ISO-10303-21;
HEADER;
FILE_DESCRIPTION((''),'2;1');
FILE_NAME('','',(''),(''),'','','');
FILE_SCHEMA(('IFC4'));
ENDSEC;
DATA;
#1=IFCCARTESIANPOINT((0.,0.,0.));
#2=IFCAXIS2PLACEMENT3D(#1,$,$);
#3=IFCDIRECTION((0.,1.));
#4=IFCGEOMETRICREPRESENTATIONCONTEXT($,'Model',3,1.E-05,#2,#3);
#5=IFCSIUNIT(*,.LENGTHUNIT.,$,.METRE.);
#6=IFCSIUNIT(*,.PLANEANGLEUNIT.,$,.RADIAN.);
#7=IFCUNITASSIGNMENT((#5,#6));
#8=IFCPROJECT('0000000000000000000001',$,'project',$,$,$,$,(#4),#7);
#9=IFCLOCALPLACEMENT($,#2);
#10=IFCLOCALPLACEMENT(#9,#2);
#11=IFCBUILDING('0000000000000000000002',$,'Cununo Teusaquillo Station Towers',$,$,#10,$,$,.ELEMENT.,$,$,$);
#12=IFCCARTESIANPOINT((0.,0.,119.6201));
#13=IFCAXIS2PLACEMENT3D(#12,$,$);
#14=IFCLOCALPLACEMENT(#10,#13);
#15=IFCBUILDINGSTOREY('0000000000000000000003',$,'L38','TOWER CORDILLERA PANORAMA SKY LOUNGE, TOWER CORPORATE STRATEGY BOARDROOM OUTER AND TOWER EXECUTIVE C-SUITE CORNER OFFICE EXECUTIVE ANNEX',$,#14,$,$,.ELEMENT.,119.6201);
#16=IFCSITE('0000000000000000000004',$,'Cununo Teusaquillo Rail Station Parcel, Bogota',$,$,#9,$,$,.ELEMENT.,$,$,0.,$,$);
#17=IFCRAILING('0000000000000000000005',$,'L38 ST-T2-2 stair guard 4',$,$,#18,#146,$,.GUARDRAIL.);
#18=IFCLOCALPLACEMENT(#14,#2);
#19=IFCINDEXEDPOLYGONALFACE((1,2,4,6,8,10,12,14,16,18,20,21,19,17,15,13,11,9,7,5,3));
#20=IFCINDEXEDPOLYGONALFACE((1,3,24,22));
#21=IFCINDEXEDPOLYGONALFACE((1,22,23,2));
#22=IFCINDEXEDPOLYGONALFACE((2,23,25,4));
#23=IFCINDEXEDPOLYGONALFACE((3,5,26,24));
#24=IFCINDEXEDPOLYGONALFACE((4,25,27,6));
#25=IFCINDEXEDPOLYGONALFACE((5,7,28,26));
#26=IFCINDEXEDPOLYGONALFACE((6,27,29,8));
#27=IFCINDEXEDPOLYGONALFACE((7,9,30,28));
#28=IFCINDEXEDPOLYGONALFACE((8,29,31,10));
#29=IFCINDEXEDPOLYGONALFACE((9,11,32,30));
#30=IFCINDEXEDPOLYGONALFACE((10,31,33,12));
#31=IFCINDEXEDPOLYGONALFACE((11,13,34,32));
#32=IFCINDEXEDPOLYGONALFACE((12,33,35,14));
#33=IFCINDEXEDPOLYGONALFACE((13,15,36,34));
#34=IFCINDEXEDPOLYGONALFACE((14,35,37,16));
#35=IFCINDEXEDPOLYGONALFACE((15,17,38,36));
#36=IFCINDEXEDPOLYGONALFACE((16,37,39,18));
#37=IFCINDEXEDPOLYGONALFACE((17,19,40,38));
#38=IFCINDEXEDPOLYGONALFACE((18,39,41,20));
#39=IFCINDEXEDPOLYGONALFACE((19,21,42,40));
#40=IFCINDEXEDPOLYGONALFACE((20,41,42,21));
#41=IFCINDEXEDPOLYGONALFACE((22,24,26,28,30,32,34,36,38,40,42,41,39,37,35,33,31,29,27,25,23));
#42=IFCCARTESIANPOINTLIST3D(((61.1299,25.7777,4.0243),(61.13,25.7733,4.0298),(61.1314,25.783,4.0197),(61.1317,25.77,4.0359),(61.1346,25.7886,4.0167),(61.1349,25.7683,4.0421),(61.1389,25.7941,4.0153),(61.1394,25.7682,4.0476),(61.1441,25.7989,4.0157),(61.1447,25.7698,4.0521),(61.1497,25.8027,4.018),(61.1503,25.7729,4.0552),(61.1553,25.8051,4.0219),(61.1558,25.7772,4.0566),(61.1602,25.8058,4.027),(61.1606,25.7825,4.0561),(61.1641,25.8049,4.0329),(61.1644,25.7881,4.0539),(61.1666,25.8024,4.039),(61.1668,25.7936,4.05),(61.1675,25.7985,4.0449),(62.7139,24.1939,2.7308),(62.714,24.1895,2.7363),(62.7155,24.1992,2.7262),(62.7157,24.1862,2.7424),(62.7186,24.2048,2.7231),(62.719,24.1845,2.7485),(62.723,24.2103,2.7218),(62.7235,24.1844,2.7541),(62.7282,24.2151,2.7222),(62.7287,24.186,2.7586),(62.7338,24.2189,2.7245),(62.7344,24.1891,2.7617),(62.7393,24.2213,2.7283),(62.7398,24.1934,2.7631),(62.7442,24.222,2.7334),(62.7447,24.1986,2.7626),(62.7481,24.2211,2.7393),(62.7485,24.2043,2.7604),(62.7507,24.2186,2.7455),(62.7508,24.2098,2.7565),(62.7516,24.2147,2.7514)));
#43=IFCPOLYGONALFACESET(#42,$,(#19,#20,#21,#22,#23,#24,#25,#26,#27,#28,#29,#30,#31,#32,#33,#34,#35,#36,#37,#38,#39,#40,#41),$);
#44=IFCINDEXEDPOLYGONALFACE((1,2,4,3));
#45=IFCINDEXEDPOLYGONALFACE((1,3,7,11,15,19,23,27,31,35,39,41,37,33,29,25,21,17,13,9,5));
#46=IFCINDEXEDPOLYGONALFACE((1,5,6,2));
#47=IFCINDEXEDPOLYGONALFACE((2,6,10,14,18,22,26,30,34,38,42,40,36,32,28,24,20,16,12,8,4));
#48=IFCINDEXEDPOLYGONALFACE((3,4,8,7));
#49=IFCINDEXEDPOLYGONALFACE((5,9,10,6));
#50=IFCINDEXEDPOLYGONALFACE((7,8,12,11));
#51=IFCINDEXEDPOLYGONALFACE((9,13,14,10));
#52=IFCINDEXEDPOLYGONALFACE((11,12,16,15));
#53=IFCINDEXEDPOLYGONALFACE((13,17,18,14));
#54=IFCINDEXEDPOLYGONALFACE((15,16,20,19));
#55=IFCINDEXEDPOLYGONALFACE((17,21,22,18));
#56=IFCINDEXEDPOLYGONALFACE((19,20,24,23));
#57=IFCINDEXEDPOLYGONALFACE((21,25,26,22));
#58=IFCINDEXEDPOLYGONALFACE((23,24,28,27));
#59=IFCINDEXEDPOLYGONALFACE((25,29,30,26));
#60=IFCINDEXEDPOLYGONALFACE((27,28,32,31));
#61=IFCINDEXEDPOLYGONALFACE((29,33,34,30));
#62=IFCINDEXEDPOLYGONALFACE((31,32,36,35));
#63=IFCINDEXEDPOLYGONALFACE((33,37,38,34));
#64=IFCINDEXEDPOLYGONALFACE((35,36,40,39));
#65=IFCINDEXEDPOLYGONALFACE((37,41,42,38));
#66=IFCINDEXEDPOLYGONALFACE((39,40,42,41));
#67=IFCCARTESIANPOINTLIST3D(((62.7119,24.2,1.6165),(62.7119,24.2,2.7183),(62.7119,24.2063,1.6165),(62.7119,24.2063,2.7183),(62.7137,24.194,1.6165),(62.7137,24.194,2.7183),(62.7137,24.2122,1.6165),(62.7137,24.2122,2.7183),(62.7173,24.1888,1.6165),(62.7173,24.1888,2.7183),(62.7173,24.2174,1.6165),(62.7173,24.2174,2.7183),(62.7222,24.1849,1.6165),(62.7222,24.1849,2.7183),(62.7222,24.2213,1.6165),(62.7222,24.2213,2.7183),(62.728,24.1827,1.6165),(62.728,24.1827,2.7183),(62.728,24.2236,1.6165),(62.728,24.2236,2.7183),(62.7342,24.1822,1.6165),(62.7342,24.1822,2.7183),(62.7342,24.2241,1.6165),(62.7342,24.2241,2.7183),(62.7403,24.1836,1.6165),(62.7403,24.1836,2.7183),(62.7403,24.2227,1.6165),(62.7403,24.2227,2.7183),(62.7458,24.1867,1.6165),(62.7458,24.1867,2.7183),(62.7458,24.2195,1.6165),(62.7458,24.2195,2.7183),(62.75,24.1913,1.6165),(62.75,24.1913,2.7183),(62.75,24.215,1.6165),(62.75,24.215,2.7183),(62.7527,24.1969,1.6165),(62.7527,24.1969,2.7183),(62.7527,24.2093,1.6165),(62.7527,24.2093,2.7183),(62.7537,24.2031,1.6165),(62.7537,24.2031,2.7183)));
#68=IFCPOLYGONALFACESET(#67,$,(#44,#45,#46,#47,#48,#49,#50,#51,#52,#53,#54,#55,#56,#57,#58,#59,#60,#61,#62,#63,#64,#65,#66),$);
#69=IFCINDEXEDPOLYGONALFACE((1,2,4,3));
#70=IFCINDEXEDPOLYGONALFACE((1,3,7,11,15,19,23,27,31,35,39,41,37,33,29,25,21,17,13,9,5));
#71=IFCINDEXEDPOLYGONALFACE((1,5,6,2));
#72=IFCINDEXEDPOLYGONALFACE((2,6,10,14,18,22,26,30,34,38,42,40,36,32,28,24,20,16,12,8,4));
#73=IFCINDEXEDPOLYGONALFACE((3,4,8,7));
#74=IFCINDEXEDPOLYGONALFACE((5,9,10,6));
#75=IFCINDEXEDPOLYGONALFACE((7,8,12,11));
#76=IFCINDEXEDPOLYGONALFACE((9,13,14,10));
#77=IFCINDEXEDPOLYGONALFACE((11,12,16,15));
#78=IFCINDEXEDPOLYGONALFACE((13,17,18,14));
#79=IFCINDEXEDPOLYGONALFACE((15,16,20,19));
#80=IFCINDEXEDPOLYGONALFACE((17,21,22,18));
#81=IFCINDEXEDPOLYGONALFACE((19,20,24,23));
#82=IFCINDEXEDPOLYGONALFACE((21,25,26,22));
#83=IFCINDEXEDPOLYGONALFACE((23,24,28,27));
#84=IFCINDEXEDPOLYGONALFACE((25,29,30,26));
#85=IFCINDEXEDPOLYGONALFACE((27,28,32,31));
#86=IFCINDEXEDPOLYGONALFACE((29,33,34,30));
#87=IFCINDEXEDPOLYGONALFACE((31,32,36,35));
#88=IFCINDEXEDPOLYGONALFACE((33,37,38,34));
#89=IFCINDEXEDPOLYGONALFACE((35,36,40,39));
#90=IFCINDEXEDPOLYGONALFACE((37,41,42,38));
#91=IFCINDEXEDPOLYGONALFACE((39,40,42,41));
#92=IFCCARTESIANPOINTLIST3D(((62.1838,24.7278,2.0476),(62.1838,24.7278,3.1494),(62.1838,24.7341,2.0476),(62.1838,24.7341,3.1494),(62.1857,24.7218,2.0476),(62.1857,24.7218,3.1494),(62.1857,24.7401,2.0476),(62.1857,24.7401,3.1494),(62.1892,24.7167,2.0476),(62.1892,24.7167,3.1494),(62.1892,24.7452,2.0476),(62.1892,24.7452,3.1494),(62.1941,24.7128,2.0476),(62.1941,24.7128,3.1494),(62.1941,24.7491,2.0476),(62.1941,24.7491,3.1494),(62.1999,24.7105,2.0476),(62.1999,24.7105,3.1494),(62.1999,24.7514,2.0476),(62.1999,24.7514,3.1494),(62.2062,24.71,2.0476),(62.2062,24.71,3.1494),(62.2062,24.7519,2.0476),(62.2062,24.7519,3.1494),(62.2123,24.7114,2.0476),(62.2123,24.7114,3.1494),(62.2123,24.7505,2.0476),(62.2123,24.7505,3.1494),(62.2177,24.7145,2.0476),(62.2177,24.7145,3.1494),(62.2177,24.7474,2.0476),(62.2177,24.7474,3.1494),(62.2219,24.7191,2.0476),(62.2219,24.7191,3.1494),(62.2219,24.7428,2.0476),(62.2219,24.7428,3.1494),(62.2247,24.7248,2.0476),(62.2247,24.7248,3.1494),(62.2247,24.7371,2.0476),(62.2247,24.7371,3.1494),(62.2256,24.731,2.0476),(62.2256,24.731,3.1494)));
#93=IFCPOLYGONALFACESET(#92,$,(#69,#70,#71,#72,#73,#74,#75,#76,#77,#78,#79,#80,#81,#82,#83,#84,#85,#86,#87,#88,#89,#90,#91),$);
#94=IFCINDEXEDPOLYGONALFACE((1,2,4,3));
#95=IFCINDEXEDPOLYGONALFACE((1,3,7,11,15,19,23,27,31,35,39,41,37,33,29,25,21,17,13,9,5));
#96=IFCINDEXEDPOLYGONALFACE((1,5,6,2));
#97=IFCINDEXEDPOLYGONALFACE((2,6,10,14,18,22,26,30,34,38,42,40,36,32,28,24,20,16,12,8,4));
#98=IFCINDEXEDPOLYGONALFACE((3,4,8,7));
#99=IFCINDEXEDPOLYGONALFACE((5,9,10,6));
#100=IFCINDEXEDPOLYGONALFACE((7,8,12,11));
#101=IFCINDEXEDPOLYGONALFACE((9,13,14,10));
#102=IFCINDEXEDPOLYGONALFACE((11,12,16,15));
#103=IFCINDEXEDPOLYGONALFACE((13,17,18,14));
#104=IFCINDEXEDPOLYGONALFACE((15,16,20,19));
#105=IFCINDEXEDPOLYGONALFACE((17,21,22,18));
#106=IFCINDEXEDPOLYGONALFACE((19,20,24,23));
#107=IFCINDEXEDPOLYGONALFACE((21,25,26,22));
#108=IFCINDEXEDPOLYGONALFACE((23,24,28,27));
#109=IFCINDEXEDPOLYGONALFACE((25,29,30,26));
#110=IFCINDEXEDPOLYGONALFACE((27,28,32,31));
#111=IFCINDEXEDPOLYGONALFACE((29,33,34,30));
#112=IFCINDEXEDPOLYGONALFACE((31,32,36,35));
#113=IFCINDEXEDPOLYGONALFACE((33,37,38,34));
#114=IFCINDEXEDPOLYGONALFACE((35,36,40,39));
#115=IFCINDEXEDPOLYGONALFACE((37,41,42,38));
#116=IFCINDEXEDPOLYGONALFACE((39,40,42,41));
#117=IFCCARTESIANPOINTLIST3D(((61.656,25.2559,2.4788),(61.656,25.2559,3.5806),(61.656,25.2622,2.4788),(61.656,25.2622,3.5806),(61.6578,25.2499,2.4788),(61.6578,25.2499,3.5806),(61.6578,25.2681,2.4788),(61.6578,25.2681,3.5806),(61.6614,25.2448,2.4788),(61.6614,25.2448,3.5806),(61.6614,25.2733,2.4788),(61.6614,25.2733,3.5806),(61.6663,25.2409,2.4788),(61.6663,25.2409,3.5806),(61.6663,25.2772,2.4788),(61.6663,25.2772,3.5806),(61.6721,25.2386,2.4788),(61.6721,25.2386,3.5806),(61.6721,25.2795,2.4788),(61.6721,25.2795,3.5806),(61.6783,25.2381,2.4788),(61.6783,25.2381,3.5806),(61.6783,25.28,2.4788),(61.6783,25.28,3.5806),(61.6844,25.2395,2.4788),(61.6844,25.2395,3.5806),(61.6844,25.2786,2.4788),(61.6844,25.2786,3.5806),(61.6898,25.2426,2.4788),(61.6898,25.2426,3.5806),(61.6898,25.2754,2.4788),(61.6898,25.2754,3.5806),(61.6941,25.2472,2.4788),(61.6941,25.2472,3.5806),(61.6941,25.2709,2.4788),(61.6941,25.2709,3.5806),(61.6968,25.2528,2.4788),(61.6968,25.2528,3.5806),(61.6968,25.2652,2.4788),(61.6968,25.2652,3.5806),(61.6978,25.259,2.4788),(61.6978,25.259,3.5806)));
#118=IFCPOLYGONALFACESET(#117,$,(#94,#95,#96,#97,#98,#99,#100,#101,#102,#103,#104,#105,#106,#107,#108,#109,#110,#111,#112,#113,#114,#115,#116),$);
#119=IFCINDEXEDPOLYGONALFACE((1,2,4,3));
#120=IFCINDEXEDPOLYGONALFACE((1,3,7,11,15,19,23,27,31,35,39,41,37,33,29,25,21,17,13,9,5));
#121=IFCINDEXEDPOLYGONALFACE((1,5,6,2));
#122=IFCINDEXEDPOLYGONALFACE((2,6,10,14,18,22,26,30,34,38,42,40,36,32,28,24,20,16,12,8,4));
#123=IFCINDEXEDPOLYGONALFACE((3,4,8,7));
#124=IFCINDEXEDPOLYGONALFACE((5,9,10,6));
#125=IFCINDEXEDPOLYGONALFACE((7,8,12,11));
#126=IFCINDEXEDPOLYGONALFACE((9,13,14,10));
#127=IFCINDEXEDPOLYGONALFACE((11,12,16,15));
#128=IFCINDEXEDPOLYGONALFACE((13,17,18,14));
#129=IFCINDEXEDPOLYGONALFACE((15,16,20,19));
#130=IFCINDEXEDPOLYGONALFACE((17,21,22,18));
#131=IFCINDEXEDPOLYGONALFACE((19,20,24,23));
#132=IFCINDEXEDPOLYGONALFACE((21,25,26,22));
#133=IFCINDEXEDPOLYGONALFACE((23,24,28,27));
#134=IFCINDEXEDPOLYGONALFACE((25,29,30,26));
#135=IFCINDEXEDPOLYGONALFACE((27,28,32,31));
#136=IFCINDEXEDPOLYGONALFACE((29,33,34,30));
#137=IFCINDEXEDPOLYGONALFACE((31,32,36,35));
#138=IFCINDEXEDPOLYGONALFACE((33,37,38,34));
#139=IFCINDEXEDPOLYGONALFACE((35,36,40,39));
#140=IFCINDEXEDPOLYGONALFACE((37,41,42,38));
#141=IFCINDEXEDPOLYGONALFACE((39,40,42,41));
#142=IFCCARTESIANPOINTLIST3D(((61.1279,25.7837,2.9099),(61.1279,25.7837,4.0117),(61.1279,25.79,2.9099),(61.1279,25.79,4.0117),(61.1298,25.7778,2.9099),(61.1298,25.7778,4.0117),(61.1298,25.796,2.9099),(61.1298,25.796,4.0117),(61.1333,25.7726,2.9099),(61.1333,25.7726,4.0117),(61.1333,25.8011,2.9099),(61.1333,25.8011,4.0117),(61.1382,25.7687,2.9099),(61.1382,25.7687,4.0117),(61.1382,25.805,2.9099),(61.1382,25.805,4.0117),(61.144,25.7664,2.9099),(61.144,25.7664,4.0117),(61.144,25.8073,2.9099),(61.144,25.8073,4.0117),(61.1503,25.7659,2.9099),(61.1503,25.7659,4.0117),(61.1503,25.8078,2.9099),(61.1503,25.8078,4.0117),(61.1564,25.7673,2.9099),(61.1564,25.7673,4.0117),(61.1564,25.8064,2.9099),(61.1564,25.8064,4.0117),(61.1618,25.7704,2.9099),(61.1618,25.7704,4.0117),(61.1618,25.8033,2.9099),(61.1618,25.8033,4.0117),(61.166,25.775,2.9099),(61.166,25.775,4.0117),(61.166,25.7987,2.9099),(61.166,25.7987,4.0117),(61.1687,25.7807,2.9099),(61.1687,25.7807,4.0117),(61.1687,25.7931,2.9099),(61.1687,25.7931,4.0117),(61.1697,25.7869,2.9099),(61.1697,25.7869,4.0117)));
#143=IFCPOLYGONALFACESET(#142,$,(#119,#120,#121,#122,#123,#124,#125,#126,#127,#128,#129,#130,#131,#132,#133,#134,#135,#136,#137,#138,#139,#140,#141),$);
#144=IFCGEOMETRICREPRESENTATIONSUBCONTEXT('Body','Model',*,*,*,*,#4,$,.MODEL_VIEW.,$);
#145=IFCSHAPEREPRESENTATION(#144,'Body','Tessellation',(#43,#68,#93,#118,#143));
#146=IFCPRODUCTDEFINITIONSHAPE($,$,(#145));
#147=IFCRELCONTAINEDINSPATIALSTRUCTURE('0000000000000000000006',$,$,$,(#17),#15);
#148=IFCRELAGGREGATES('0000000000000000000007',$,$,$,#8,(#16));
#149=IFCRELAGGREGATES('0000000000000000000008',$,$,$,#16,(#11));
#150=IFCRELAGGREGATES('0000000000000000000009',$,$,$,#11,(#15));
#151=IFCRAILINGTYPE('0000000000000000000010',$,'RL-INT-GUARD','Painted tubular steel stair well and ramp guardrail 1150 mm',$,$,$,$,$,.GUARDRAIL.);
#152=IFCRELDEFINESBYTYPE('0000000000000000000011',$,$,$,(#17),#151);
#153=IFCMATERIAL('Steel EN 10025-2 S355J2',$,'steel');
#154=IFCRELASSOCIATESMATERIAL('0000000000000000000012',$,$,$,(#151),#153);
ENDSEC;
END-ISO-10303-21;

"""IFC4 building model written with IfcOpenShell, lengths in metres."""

from ifc_helpers import new_model, si_unit, direction, frame, origin, origin_2d, place, context, subcontext, project, spatial, circle, extrude, material, type_object, element, save


model = new_model("IFC4")

# Units and contexts
model_context = context("Model", 3, precision=1e-05, world=origin(), true_north=direction((0.0, 1.0)))
body_context = subcontext(model_context, "Body", "Model", "MODEL_VIEW")
ifc_project = project(units=[si_unit("LENGTHUNIT", "METRE"), si_unit("PLANEANGLEUNIT", "RADIAN")], contexts=[model_context])

# Site, building, storey
site_placement = place(None, origin())
site = spatial("IfcSite", under=ifc_project, at=site_placement, Name="Cununo Teusaquillo Rail Station Parcel, Bogota", CompositionType="ELEMENT", RefElevation=0.0)
building_placement = place(site_placement, origin())
building = spatial("IfcBuilding", under=site, at=building_placement, Name="Cununo Teusaquillo Station Towers", CompositionType="ELEMENT")
storey_placement = place(building_placement, frame((0.0, 0.0, 119.6201)))
storey = spatial("IfcBuildingStorey", under=building, at=storey_placement, Name="L38", Description="TOWER CORDILLERA PANORAMA SKY LOUNGE, TOWER CORPORATE STRATEGY BOARDROOM OUTER AND TOWER EXECUTIVE C-SUITE CORNER OFFICE EXECUTIVE ANNEX", CompositionType="ELEMENT", Elevation=119.6201)

# Railing
ifc_material_1 = material(Name="Steel EN 10025-2 S355J2", Category="steel")
railing_type_1 = type_object("IfcRailingType", Name="RL-INT-GUARD", Description="Painted tubular steel stair well and ramp guardrail 1150 mm", PredefinedType="GUARDRAIL", material=ifc_material_1)
railing_1_placement = place(storey_placement, frame((62.7327, 24.2031, 1.6165)))
element("IfcRailing", 1, at=railing_1_placement, inside=storey, type_object=railing_type_1, Name="L38 ST-T2-2 stair guard 4", PredefinedType="GUARDRAIL", context=body_context, shape_type="SweptSolid", body=[
    extrude(circle(Radius=0.0239, at=origin_2d()), frame((0.0, 0.0, 1.126), z_axis=(-0.612391, 0.612297, 0.500069), x_axis=(-0.707052, -0.707161, 0.0)), (0.0, 0.0, 1.0), 2.5867),
    extrude(circle(Radius=0.021, at=origin_2d()), origin(), (0.0, 0.0, 1.0), 1.1018),
    extrude(circle(Radius=0.021, at=origin_2d()), frame((-0.5281, 0.5278, 0.4312)), (0.0, 0.0, 1.0), 1.1018),
    extrude(circle(Radius=0.021, at=origin_2d()), frame((-1.0559, 1.0559, 0.8623)), (0.0, 0.0, 1.0), 1.1018),
    extrude(circle(Radius=0.021, at=origin_2d()), frame((-1.584, 1.5837, 1.2935)), (0.0, 0.0, 1.0), 1.1018),
])

save(model, "model.ifc")
